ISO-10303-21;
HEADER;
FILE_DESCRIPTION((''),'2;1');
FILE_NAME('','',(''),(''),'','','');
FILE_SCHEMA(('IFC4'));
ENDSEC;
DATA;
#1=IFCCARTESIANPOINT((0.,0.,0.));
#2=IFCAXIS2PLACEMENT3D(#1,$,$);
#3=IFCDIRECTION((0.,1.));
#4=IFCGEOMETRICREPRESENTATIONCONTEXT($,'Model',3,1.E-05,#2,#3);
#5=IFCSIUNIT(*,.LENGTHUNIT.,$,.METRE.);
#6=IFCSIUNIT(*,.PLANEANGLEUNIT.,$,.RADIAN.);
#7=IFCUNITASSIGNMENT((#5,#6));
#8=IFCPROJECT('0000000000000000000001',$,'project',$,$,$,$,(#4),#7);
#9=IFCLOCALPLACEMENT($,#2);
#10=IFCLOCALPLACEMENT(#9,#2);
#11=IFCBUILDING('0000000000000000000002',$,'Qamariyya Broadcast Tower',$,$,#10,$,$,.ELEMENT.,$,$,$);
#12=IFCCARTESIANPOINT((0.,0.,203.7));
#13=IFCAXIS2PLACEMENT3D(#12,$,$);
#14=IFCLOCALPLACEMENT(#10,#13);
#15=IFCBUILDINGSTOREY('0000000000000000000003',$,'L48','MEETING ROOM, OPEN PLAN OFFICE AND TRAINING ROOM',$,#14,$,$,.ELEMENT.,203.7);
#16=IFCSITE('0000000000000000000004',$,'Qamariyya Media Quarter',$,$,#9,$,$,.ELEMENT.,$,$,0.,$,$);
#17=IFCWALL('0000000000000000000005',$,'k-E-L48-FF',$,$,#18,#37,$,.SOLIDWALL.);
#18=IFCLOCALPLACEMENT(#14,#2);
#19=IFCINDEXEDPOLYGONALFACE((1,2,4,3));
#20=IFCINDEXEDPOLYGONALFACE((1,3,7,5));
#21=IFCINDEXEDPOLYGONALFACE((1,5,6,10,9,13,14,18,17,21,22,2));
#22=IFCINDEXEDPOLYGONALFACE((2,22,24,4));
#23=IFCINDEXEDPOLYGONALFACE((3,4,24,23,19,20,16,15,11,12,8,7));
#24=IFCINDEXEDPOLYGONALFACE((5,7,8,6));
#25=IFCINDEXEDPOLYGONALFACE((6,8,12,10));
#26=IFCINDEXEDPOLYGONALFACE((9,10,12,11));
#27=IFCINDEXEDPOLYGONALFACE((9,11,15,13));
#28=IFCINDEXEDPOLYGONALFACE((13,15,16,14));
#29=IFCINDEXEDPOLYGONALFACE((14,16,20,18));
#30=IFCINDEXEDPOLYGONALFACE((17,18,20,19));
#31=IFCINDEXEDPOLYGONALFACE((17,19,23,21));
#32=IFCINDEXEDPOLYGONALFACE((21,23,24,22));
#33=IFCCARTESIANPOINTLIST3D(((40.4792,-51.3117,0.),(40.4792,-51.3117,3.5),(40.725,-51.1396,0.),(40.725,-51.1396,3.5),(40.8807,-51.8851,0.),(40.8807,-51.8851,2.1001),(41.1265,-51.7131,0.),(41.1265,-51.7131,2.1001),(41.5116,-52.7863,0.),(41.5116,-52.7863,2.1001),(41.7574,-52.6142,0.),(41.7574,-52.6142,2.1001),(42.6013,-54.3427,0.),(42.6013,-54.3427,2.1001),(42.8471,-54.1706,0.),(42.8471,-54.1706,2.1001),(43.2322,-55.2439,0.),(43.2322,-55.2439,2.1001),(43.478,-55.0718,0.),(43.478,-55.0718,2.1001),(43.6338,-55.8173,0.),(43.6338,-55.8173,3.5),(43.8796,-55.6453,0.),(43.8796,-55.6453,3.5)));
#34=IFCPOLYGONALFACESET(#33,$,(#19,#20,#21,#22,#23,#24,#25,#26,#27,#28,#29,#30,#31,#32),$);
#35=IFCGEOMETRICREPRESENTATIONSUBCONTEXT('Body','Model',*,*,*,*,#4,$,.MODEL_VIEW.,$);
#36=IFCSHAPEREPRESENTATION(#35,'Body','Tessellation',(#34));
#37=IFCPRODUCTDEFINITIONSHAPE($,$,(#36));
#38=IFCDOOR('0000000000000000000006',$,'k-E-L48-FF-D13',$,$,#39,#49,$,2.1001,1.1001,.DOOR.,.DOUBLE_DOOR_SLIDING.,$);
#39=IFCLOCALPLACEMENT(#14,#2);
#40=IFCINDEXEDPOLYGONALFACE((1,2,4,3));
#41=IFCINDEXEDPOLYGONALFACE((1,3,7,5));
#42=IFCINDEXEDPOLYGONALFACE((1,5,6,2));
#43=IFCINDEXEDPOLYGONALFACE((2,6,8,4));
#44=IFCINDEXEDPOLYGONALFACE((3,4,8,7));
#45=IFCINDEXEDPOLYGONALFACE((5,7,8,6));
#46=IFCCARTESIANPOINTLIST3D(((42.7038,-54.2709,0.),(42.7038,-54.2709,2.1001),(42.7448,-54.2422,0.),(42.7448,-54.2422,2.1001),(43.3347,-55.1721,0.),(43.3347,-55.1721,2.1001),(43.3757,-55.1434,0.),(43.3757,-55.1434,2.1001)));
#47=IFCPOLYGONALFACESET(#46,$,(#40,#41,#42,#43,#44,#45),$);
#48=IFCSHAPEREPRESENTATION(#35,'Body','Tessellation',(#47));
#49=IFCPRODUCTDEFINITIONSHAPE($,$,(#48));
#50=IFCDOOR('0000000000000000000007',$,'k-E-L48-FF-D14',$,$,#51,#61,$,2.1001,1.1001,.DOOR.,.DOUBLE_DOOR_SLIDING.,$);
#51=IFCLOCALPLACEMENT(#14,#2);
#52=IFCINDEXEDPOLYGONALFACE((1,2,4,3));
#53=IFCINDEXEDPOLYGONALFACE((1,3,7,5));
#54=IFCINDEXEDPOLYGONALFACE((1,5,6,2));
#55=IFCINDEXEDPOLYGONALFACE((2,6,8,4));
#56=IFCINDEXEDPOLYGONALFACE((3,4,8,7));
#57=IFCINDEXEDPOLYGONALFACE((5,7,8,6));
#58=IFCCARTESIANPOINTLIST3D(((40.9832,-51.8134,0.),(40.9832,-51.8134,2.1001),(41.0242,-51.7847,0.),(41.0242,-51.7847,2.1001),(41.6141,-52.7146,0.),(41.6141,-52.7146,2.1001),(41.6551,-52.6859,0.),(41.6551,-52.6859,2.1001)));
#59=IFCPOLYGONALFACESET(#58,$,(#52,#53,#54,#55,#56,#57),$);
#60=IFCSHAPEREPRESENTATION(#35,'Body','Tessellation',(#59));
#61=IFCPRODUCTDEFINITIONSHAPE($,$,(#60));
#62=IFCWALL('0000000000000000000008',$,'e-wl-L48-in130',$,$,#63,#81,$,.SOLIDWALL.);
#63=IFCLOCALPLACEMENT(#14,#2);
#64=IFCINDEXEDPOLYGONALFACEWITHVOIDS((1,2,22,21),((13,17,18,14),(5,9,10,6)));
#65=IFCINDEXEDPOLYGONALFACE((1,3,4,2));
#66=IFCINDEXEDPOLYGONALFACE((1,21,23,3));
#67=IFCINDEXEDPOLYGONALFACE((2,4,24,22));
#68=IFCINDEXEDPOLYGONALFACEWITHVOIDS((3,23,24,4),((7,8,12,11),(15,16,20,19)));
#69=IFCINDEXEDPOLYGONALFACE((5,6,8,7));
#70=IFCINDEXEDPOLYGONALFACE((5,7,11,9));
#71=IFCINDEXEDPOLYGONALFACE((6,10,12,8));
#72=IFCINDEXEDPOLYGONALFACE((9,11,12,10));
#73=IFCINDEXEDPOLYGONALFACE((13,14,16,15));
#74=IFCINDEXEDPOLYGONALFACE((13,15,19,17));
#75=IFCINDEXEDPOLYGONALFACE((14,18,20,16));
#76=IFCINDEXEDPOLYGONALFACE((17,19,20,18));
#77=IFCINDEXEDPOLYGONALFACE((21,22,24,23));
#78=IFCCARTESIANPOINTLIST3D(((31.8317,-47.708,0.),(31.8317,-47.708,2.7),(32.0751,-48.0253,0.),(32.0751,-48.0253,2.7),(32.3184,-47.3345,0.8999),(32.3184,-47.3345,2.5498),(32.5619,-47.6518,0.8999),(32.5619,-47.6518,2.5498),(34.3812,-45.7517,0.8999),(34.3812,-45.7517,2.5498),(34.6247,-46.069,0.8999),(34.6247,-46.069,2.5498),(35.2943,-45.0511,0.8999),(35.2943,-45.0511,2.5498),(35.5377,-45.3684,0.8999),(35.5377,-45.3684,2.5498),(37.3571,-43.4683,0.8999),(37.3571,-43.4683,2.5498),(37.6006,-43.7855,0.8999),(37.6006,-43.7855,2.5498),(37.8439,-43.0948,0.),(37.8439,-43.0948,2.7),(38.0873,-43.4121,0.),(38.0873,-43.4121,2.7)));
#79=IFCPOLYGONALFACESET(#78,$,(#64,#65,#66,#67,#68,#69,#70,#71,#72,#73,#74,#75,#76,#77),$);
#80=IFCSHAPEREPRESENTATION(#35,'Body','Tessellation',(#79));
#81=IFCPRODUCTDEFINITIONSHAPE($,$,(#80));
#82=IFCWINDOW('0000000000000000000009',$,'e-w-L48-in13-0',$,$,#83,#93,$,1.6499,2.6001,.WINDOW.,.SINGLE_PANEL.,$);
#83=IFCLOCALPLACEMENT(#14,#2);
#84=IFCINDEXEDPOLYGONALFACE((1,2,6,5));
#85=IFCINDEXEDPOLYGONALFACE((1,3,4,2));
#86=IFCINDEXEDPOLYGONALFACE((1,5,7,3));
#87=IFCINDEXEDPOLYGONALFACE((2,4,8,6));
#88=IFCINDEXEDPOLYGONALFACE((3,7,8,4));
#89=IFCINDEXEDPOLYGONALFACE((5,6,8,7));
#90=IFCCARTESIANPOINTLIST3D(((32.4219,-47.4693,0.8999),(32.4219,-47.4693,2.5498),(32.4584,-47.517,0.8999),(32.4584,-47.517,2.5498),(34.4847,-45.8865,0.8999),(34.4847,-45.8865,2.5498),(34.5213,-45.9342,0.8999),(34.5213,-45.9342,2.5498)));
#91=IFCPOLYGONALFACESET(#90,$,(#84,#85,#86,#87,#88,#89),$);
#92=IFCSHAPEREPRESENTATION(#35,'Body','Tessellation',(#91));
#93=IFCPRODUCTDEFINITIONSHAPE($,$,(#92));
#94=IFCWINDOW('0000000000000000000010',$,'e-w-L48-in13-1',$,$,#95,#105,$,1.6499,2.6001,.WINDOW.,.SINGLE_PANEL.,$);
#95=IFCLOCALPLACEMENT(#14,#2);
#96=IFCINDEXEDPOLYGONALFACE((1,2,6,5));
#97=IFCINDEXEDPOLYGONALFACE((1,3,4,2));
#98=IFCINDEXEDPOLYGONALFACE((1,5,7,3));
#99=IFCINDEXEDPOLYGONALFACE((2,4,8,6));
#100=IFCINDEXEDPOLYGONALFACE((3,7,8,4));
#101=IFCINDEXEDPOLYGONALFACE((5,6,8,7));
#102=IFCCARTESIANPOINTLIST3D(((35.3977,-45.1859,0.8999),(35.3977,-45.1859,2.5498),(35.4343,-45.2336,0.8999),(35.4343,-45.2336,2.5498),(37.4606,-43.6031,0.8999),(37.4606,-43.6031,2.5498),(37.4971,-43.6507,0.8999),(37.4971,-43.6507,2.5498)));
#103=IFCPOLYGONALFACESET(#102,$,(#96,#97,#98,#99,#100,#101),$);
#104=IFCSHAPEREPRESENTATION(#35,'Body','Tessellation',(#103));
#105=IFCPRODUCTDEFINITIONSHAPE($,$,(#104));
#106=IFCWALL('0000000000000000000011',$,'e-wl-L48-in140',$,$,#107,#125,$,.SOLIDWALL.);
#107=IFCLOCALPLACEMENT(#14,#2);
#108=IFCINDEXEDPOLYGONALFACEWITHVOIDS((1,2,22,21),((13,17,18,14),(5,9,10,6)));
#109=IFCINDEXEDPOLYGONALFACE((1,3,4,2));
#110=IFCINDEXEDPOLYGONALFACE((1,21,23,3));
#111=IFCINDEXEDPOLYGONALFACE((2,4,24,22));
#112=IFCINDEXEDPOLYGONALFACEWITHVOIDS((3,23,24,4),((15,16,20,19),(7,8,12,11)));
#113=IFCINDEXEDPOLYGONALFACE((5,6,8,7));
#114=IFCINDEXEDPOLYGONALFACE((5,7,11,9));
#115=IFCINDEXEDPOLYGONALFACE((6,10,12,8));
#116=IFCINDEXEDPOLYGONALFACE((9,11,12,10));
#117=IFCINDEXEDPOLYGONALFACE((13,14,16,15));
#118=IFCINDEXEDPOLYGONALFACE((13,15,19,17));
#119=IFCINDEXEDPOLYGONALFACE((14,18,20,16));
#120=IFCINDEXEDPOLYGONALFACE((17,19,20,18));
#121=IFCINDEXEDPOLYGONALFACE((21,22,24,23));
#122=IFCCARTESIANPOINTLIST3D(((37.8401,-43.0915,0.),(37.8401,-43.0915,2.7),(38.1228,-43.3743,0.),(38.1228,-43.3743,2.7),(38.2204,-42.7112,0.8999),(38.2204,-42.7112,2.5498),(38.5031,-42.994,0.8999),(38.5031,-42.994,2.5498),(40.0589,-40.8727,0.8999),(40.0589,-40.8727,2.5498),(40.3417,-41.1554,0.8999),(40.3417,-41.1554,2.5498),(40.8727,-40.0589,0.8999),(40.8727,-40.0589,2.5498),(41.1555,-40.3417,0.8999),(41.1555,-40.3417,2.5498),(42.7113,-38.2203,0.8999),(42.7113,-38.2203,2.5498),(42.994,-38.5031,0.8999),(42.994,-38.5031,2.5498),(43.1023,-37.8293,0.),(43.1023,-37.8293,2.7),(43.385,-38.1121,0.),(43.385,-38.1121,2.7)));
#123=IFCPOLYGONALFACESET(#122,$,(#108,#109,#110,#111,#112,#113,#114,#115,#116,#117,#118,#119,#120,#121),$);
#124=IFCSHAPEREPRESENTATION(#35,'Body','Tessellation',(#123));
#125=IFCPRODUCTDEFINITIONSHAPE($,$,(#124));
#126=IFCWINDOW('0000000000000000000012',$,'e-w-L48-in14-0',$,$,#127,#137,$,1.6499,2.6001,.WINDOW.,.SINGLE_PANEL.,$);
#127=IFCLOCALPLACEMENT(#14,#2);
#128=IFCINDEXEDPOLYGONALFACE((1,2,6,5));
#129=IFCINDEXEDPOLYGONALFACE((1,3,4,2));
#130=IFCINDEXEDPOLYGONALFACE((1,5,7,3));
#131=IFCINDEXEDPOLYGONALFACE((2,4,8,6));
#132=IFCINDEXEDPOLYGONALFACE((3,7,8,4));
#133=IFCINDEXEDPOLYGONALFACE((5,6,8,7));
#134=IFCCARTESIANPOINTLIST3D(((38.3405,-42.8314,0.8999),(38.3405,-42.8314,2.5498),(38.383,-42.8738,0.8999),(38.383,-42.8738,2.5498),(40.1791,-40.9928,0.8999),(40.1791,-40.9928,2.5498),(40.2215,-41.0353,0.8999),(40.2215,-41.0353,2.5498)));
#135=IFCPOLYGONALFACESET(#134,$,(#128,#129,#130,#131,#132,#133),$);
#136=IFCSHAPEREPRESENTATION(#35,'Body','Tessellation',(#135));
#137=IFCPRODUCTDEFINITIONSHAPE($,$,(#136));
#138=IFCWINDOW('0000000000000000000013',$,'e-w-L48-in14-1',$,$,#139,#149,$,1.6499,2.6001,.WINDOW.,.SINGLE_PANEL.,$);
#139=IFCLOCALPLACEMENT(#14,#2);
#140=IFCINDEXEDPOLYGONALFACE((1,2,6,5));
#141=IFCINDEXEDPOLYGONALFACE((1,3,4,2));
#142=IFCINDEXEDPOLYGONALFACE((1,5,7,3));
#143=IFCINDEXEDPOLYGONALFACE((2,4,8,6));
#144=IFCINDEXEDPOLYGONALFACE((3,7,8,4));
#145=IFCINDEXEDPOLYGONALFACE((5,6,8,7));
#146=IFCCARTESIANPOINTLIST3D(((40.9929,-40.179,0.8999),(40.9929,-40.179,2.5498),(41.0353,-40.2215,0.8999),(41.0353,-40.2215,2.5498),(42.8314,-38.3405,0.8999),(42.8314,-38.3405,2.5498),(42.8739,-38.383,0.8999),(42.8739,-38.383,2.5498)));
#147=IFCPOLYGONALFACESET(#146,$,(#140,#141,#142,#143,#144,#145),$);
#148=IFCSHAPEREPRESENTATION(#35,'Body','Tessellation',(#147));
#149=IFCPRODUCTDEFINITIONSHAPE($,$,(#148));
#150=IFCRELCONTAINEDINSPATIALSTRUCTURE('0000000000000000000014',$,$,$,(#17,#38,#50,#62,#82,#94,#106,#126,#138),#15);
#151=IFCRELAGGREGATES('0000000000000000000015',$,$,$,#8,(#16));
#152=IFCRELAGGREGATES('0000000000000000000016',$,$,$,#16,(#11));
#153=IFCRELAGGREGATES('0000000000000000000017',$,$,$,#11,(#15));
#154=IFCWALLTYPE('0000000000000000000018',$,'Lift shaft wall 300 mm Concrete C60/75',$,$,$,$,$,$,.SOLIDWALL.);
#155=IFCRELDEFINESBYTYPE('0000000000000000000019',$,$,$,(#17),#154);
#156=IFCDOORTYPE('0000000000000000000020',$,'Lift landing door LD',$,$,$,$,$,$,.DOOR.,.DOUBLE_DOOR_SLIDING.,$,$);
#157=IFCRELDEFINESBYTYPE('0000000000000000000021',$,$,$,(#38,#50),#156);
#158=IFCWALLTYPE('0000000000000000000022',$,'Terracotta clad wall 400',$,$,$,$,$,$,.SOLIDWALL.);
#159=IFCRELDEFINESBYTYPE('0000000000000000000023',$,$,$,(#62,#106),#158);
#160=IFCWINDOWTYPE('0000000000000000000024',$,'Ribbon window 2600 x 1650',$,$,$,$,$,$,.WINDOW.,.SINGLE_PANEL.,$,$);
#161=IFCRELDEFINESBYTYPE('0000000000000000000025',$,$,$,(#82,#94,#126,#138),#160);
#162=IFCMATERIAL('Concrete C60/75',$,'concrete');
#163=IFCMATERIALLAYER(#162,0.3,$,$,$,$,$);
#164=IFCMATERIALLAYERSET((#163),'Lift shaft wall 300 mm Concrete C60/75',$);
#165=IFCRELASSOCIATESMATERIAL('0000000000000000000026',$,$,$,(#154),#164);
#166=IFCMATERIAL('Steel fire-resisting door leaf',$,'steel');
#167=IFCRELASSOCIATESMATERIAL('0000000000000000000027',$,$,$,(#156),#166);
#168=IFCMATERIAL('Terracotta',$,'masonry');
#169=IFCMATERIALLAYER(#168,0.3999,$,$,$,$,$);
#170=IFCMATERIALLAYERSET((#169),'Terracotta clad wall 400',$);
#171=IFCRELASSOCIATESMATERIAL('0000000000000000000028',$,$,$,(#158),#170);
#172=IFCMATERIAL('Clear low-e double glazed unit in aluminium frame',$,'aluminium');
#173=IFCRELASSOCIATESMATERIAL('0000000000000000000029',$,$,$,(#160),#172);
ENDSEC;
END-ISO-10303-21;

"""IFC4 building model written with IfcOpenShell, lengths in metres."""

from ifc_helpers import new_model, si_unit, direction, frame, frame_2d, origin, place, context, subcontext, project, spatial, rectangle, extrude, material, layer, layer_set, type_object, element, fill, save


model = new_model("IFC4")

# Units and contexts
model_context = context("Model", 3, precision=1e-05, world=origin(), true_north=direction((0.0, 1.0)))
body_context = subcontext(model_context, "Body", "Model", "MODEL_VIEW")
ifc_project = project(units=[si_unit("LENGTHUNIT", "METRE"), si_unit("PLANEANGLEUNIT", "RADIAN")], contexts=[model_context])

# Site, building, storey
site_placement = place(None, origin())
site = spatial("IfcSite", under=ifc_project, at=site_placement, Name="Qamariyya Media Quarter", CompositionType="ELEMENT", RefElevation=0.0)
building_placement = place(site_placement, origin())
building = spatial("IfcBuilding", under=site, at=building_placement, Name="Qamariyya Broadcast Tower", CompositionType="ELEMENT")
storey_placement = place(building_placement, frame((0.0, 0.0, 203.7)))
storey = spatial("IfcBuildingStorey", under=building, at=storey_placement, Name="L48", Description="MEETING ROOM, OPEN PLAN OFFICE AND TRAINING ROOM", CompositionType="ELEMENT", Elevation=203.7)

# Shared definitions
ifc_material_1 = material(Name="Concrete C60/75", Category="concrete")

# Shared definitions
ifc_layer_1 = layer(ifc_material_1, 0.3)
ifc_layer_set_1 = layer_set([ifc_layer_1], Name="Lift shaft wall 300 mm Concrete C60/75")
wall_type_1 = type_object("IfcWallType", Name="Lift shaft wall 300 mm Concrete C60/75", PredefinedType="SOLIDWALL", material=ifc_layer_set_1)
ifc_material_2 = material(Name="Steel fire-resisting door leaf", Category="steel")

# Wall, openings, doors
wall_1_placement = place(storey_placement, frame((43.7566, -55.7312, 0.0), z_axis=(0.0, 0.0, 1.0), x_axis=(-0.573537, 0.81918, 0.0)))
wall_1 = element("IfcWall", 1, at=wall_1_placement, inside=storey, type_object=wall_type_1, Name="k-E-L48-FF", PredefinedType="SOLIDWALL", context=body_context, shape_type="SweptSolid", body=[
    extrude(rectangle(XDim=5.5002, YDim=0.3, at=frame_2d((2.75, 0.0))), origin(), (0.0, 0.0, 1.0), 3.5),
])
opening_1_placement = place(wall_1_placement, frame((0.7, 0.0, 0.0)))
opening_1 = element("IfcOpeningElement", 2, at=opening_1_placement, cuts=wall_1, PredefinedType="OPENING", context=body_context, shape_type="SweptSolid", body=[
    extrude(rectangle(XDim=1.1001, YDim=2.1001, at=frame_2d((0.55, 1.05))), frame((0.0, 0.1599, 0.0), z_axis=(0.0, -1.0, 0.0), x_axis=(1.0, 0.0, 0.0)), (0.0, 0.0, 1.0), 0.3201),
])
opening_2_placement = place(wall_1_placement, frame((3.7, 0.0, 0.0)))
opening_2 = element("IfcOpeningElement", 3, at=opening_2_placement, cuts=wall_1, PredefinedType="OPENING", context=body_context, shape_type="SweptSolid", body=[
    extrude(rectangle(XDim=1.1001, YDim=2.1001, at=frame_2d((0.55, 1.05))), frame((0.0, 0.1599, 0.0), z_axis=(0.0, -1.0, 0.0), x_axis=(1.0, 0.0, 0.0)), (0.0, 0.0, 1.0), 0.3201),
])
door_type_1 = type_object("IfcDoorType", Name="Lift landing door LD", OperationType="DOUBLE_DOOR_SLIDING", PredefinedType="DOOR", material=ifc_material_2)
door_1_placement = place(opening_1_placement, origin())
door_1 = element("IfcDoor", 4, at=door_1_placement, inside=storey, type_object=door_type_1, Name="k-E-L48-FF-D13", OperationType="DOUBLE_DOOR_SLIDING", OverallHeight=2.1001, OverallWidth=1.1001, PredefinedType="DOOR", context=body_context, shape_type="SweptSolid", body=[
    extrude(rectangle(XDim=1.1001, YDim=2.1001, at=frame_2d((0.55, 1.05))), frame((0.0, 0.0249, 0.0), z_axis=(0.0, -1.0, 0.0), x_axis=(1.0, 0.0, 0.0)), (0.0, 0.0, 1.0), 0.05),
])
fill(opening_1, door_1)
door_2_placement = place(opening_2_placement, origin())
door_2 = element("IfcDoor", 5, at=door_2_placement, inside=storey, type_object=door_type_1, Name="k-E-L48-FF-D14", OperationType="DOUBLE_DOOR_SLIDING", OverallHeight=2.1001, OverallWidth=1.1001, PredefinedType="DOOR", context=body_context, shape_type="SweptSolid", body=[
    extrude(rectangle(XDim=1.1001, YDim=2.1001, at=frame_2d((0.55, 1.05))), frame((0.0, 0.0249, 0.0), z_axis=(0.0, -1.0, 0.0), x_axis=(1.0, 0.0, 0.0)), (0.0, 0.0, 1.0), 0.05),
])
fill(opening_2, door_2)

# Walls, openings, windows
ifc_material_3 = material(Name="Terracotta", Category="masonry")
ifc_layer_2 = layer(ifc_material_3, 0.3999)
ifc_layer_set_2 = layer_set([ifc_layer_2], Name="Terracotta clad wall 400")
wall_type_2 = type_object("IfcWallType", Name="Terracotta clad wall 400", PredefinedType="SOLIDWALL", material=ifc_layer_set_2)
wall_2_placement = place(storey_placement, frame((37.9656, -43.2534, 0.0), z_axis=(0.0, 0.0, 1.0), x_axis=(-0.793356, -0.608757, 0.0)))
wall_2 = element("IfcWall", 6, at=wall_2_placement, inside=storey, type_object=wall_type_2, Name="e-wl-L48-in130", PredefinedType="SOLIDWALL", context=body_context, shape_type="SweptSolid", body=[
    extrude(rectangle(XDim=7.5781, YDim=0.3999, at=frame_2d((3.7891, 0.0))), origin(), (0.0, 0.0, 1.0), 2.7),
])
opening_3_placement = place(wall_2_placement, frame((4.3645, 0.0, 0.8999)))
opening_3 = element("IfcOpeningElement", 7, at=opening_3_placement, cuts=wall_2, PredefinedType="OPENING", context=body_context, shape_type="SweptSolid", body=[
    extrude(rectangle(XDim=2.6001, YDim=1.6499, at=frame_2d((1.3, 0.825))), frame((0.0, 0.21, 0.0), z_axis=(0.0, -1.0, 0.0), x_axis=(1.0, 0.0, 0.0)), (0.0, 0.0, 1.0), 0.4199),
])
opening_4_placement = place(wall_2_placement, frame((0.6135, 0.0, 0.8999)))
opening_4 = element("IfcOpeningElement", 8, at=opening_4_placement, cuts=wall_2, PredefinedType="OPENING", context=body_context, shape_type="SweptSolid", body=[
    extrude(rectangle(XDim=2.6001, YDim=1.6499, at=frame_2d((1.3, 0.825))), frame((0.0, 0.21, 0.0), z_axis=(0.0, -1.0, 0.0), x_axis=(1.0, 0.0, 0.0)), (0.0, 0.0, 1.0), 0.4199),
])
ifc_material_4 = material(Name="Clear low-e double glazed unit in aluminium frame", Category="aluminium")
window_type = type_object("IfcWindowType", Name="Ribbon window 2600 x 1650", PartitioningType="SINGLE_PANEL", PredefinedType="WINDOW", material=ifc_material_4)
window_1_placement = place(opening_3_placement, origin())
window_1 = element("IfcWindow", 9, at=window_1_placement, inside=storey, type_object=window_type, Name="e-w-L48-in13-0", OverallHeight=1.6499, OverallWidth=2.6001, PartitioningType="SINGLE_PANEL", PredefinedType="WINDOW", context=body_context, shape_type="SweptSolid", body=[
    extrude(rectangle(XDim=2.6001, YDim=1.6499, at=frame_2d((1.3, 0.825))), frame((0.0, 0.03, 0.0), z_axis=(0.0, -1.0, 0.0), x_axis=(1.0, 0.0, 0.0)), (0.0, 0.0, 1.0), 0.0601),
])
fill(opening_3, window_1)
window_2_placement = place(opening_4_placement, origin())
window_2 = element("IfcWindow", 10, at=window_2_placement, inside=storey, type_object=window_type, Name="e-w-L48-in13-1", OverallHeight=1.6499, OverallWidth=2.6001, PartitioningType="SINGLE_PANEL", PredefinedType="WINDOW", context=body_context, shape_type="SweptSolid", body=[
    extrude(rectangle(XDim=2.6001, YDim=1.6499, at=frame_2d((1.3, 0.825))), frame((0.0, 0.03, 0.0), z_axis=(0.0, -1.0, 0.0), x_axis=(1.0, 0.0, 0.0)), (0.0, 0.0, 1.0), 0.0601),
])
fill(opening_4, window_2)
wall_3_placement = place(storey_placement, frame((43.2437, -37.9707, 0.0), z_axis=(0.0, 0.0, 1.0), x_axis=(-0.707107, -0.707107, 0.0)))
wall_3 = element("IfcWall", 11, at=wall_3_placement, inside=storey, type_object=wall_type_2, Name="e-wl-L48-in140", PredefinedType="SOLIDWALL", context=body_context, shape_type="SweptSolid", body=[
    extrude(rectangle(XDim=7.4419, YDim=0.3999, at=frame_2d((3.7209, 0.0))), origin(), (0.0, 0.0, 1.0), 2.7),
])
opening_5_placement = place(wall_3_placement, frame((4.304, 0.0, 0.8999)))
opening_5 = element("IfcOpeningElement", 12, at=opening_5_placement, cuts=wall_3, PredefinedType="OPENING", context=body_context, shape_type="SweptSolid", body=[
    extrude(rectangle(XDim=2.6001, YDim=1.6499, at=frame_2d((1.3, 0.825))), frame((0.0, 0.21, 0.0), z_axis=(0.0, -1.0, 0.0), x_axis=(1.0, 0.0, 0.0)), (0.0, 0.0, 1.0), 0.4199),
])
opening_6_placement = place(wall_3_placement, frame((0.553, 0.0, 0.8999)))
opening_6 = element("IfcOpeningElement", 13, at=opening_6_placement, cuts=wall_3, PredefinedType="OPENING", context=body_context, shape_type="SweptSolid", body=[
    extrude(rectangle(XDim=2.6001, YDim=1.6499, at=frame_2d((1.3, 0.825))), frame((0.0, 0.21, 0.0), z_axis=(0.0, -1.0, 0.0), x_axis=(1.0, 0.0, 0.0)), (0.0, 0.0, 1.0), 0.4199),
])
window_3_placement = place(opening_5_placement, origin())
window_3 = element("IfcWindow", 14, at=window_3_placement, inside=storey, type_object=window_type, Name="e-w-L48-in14-0", OverallHeight=1.6499, OverallWidth=2.6001, PartitioningType="SINGLE_PANEL", PredefinedType="WINDOW", context=body_context, shape_type="SweptSolid", body=[
    extrude(rectangle(XDim=2.6001, YDim=1.6499, at=frame_2d((1.3, 0.825))), frame((0.0, 0.03, 0.0), z_axis=(0.0, -1.0, 0.0), x_axis=(1.0, 0.0, 0.0)), (0.0, 0.0, 1.0), 0.0601),
])
fill(opening_5, window_3)
window_4_placement = place(opening_6_placement, origin())
window_4 = element("IfcWindow", 15, at=window_4_placement, inside=storey, type_object=window_type, Name="e-w-L48-in14-1", OverallHeight=1.6499, OverallWidth=2.6001, PartitioningType="SINGLE_PANEL", PredefinedType="WINDOW", context=body_context, shape_type="SweptSolid", body=[
    extrude(rectangle(XDim=2.6001, YDim=1.6499, at=frame_2d((1.3, 0.825))), frame((0.0, 0.03, 0.0), z_axis=(0.0, -1.0, 0.0), x_axis=(1.0, 0.0, 0.0)), (0.0, 0.0, 1.0), 0.0601),
])
fill(opening_6, window_4)

save(model, "model.ifc")
